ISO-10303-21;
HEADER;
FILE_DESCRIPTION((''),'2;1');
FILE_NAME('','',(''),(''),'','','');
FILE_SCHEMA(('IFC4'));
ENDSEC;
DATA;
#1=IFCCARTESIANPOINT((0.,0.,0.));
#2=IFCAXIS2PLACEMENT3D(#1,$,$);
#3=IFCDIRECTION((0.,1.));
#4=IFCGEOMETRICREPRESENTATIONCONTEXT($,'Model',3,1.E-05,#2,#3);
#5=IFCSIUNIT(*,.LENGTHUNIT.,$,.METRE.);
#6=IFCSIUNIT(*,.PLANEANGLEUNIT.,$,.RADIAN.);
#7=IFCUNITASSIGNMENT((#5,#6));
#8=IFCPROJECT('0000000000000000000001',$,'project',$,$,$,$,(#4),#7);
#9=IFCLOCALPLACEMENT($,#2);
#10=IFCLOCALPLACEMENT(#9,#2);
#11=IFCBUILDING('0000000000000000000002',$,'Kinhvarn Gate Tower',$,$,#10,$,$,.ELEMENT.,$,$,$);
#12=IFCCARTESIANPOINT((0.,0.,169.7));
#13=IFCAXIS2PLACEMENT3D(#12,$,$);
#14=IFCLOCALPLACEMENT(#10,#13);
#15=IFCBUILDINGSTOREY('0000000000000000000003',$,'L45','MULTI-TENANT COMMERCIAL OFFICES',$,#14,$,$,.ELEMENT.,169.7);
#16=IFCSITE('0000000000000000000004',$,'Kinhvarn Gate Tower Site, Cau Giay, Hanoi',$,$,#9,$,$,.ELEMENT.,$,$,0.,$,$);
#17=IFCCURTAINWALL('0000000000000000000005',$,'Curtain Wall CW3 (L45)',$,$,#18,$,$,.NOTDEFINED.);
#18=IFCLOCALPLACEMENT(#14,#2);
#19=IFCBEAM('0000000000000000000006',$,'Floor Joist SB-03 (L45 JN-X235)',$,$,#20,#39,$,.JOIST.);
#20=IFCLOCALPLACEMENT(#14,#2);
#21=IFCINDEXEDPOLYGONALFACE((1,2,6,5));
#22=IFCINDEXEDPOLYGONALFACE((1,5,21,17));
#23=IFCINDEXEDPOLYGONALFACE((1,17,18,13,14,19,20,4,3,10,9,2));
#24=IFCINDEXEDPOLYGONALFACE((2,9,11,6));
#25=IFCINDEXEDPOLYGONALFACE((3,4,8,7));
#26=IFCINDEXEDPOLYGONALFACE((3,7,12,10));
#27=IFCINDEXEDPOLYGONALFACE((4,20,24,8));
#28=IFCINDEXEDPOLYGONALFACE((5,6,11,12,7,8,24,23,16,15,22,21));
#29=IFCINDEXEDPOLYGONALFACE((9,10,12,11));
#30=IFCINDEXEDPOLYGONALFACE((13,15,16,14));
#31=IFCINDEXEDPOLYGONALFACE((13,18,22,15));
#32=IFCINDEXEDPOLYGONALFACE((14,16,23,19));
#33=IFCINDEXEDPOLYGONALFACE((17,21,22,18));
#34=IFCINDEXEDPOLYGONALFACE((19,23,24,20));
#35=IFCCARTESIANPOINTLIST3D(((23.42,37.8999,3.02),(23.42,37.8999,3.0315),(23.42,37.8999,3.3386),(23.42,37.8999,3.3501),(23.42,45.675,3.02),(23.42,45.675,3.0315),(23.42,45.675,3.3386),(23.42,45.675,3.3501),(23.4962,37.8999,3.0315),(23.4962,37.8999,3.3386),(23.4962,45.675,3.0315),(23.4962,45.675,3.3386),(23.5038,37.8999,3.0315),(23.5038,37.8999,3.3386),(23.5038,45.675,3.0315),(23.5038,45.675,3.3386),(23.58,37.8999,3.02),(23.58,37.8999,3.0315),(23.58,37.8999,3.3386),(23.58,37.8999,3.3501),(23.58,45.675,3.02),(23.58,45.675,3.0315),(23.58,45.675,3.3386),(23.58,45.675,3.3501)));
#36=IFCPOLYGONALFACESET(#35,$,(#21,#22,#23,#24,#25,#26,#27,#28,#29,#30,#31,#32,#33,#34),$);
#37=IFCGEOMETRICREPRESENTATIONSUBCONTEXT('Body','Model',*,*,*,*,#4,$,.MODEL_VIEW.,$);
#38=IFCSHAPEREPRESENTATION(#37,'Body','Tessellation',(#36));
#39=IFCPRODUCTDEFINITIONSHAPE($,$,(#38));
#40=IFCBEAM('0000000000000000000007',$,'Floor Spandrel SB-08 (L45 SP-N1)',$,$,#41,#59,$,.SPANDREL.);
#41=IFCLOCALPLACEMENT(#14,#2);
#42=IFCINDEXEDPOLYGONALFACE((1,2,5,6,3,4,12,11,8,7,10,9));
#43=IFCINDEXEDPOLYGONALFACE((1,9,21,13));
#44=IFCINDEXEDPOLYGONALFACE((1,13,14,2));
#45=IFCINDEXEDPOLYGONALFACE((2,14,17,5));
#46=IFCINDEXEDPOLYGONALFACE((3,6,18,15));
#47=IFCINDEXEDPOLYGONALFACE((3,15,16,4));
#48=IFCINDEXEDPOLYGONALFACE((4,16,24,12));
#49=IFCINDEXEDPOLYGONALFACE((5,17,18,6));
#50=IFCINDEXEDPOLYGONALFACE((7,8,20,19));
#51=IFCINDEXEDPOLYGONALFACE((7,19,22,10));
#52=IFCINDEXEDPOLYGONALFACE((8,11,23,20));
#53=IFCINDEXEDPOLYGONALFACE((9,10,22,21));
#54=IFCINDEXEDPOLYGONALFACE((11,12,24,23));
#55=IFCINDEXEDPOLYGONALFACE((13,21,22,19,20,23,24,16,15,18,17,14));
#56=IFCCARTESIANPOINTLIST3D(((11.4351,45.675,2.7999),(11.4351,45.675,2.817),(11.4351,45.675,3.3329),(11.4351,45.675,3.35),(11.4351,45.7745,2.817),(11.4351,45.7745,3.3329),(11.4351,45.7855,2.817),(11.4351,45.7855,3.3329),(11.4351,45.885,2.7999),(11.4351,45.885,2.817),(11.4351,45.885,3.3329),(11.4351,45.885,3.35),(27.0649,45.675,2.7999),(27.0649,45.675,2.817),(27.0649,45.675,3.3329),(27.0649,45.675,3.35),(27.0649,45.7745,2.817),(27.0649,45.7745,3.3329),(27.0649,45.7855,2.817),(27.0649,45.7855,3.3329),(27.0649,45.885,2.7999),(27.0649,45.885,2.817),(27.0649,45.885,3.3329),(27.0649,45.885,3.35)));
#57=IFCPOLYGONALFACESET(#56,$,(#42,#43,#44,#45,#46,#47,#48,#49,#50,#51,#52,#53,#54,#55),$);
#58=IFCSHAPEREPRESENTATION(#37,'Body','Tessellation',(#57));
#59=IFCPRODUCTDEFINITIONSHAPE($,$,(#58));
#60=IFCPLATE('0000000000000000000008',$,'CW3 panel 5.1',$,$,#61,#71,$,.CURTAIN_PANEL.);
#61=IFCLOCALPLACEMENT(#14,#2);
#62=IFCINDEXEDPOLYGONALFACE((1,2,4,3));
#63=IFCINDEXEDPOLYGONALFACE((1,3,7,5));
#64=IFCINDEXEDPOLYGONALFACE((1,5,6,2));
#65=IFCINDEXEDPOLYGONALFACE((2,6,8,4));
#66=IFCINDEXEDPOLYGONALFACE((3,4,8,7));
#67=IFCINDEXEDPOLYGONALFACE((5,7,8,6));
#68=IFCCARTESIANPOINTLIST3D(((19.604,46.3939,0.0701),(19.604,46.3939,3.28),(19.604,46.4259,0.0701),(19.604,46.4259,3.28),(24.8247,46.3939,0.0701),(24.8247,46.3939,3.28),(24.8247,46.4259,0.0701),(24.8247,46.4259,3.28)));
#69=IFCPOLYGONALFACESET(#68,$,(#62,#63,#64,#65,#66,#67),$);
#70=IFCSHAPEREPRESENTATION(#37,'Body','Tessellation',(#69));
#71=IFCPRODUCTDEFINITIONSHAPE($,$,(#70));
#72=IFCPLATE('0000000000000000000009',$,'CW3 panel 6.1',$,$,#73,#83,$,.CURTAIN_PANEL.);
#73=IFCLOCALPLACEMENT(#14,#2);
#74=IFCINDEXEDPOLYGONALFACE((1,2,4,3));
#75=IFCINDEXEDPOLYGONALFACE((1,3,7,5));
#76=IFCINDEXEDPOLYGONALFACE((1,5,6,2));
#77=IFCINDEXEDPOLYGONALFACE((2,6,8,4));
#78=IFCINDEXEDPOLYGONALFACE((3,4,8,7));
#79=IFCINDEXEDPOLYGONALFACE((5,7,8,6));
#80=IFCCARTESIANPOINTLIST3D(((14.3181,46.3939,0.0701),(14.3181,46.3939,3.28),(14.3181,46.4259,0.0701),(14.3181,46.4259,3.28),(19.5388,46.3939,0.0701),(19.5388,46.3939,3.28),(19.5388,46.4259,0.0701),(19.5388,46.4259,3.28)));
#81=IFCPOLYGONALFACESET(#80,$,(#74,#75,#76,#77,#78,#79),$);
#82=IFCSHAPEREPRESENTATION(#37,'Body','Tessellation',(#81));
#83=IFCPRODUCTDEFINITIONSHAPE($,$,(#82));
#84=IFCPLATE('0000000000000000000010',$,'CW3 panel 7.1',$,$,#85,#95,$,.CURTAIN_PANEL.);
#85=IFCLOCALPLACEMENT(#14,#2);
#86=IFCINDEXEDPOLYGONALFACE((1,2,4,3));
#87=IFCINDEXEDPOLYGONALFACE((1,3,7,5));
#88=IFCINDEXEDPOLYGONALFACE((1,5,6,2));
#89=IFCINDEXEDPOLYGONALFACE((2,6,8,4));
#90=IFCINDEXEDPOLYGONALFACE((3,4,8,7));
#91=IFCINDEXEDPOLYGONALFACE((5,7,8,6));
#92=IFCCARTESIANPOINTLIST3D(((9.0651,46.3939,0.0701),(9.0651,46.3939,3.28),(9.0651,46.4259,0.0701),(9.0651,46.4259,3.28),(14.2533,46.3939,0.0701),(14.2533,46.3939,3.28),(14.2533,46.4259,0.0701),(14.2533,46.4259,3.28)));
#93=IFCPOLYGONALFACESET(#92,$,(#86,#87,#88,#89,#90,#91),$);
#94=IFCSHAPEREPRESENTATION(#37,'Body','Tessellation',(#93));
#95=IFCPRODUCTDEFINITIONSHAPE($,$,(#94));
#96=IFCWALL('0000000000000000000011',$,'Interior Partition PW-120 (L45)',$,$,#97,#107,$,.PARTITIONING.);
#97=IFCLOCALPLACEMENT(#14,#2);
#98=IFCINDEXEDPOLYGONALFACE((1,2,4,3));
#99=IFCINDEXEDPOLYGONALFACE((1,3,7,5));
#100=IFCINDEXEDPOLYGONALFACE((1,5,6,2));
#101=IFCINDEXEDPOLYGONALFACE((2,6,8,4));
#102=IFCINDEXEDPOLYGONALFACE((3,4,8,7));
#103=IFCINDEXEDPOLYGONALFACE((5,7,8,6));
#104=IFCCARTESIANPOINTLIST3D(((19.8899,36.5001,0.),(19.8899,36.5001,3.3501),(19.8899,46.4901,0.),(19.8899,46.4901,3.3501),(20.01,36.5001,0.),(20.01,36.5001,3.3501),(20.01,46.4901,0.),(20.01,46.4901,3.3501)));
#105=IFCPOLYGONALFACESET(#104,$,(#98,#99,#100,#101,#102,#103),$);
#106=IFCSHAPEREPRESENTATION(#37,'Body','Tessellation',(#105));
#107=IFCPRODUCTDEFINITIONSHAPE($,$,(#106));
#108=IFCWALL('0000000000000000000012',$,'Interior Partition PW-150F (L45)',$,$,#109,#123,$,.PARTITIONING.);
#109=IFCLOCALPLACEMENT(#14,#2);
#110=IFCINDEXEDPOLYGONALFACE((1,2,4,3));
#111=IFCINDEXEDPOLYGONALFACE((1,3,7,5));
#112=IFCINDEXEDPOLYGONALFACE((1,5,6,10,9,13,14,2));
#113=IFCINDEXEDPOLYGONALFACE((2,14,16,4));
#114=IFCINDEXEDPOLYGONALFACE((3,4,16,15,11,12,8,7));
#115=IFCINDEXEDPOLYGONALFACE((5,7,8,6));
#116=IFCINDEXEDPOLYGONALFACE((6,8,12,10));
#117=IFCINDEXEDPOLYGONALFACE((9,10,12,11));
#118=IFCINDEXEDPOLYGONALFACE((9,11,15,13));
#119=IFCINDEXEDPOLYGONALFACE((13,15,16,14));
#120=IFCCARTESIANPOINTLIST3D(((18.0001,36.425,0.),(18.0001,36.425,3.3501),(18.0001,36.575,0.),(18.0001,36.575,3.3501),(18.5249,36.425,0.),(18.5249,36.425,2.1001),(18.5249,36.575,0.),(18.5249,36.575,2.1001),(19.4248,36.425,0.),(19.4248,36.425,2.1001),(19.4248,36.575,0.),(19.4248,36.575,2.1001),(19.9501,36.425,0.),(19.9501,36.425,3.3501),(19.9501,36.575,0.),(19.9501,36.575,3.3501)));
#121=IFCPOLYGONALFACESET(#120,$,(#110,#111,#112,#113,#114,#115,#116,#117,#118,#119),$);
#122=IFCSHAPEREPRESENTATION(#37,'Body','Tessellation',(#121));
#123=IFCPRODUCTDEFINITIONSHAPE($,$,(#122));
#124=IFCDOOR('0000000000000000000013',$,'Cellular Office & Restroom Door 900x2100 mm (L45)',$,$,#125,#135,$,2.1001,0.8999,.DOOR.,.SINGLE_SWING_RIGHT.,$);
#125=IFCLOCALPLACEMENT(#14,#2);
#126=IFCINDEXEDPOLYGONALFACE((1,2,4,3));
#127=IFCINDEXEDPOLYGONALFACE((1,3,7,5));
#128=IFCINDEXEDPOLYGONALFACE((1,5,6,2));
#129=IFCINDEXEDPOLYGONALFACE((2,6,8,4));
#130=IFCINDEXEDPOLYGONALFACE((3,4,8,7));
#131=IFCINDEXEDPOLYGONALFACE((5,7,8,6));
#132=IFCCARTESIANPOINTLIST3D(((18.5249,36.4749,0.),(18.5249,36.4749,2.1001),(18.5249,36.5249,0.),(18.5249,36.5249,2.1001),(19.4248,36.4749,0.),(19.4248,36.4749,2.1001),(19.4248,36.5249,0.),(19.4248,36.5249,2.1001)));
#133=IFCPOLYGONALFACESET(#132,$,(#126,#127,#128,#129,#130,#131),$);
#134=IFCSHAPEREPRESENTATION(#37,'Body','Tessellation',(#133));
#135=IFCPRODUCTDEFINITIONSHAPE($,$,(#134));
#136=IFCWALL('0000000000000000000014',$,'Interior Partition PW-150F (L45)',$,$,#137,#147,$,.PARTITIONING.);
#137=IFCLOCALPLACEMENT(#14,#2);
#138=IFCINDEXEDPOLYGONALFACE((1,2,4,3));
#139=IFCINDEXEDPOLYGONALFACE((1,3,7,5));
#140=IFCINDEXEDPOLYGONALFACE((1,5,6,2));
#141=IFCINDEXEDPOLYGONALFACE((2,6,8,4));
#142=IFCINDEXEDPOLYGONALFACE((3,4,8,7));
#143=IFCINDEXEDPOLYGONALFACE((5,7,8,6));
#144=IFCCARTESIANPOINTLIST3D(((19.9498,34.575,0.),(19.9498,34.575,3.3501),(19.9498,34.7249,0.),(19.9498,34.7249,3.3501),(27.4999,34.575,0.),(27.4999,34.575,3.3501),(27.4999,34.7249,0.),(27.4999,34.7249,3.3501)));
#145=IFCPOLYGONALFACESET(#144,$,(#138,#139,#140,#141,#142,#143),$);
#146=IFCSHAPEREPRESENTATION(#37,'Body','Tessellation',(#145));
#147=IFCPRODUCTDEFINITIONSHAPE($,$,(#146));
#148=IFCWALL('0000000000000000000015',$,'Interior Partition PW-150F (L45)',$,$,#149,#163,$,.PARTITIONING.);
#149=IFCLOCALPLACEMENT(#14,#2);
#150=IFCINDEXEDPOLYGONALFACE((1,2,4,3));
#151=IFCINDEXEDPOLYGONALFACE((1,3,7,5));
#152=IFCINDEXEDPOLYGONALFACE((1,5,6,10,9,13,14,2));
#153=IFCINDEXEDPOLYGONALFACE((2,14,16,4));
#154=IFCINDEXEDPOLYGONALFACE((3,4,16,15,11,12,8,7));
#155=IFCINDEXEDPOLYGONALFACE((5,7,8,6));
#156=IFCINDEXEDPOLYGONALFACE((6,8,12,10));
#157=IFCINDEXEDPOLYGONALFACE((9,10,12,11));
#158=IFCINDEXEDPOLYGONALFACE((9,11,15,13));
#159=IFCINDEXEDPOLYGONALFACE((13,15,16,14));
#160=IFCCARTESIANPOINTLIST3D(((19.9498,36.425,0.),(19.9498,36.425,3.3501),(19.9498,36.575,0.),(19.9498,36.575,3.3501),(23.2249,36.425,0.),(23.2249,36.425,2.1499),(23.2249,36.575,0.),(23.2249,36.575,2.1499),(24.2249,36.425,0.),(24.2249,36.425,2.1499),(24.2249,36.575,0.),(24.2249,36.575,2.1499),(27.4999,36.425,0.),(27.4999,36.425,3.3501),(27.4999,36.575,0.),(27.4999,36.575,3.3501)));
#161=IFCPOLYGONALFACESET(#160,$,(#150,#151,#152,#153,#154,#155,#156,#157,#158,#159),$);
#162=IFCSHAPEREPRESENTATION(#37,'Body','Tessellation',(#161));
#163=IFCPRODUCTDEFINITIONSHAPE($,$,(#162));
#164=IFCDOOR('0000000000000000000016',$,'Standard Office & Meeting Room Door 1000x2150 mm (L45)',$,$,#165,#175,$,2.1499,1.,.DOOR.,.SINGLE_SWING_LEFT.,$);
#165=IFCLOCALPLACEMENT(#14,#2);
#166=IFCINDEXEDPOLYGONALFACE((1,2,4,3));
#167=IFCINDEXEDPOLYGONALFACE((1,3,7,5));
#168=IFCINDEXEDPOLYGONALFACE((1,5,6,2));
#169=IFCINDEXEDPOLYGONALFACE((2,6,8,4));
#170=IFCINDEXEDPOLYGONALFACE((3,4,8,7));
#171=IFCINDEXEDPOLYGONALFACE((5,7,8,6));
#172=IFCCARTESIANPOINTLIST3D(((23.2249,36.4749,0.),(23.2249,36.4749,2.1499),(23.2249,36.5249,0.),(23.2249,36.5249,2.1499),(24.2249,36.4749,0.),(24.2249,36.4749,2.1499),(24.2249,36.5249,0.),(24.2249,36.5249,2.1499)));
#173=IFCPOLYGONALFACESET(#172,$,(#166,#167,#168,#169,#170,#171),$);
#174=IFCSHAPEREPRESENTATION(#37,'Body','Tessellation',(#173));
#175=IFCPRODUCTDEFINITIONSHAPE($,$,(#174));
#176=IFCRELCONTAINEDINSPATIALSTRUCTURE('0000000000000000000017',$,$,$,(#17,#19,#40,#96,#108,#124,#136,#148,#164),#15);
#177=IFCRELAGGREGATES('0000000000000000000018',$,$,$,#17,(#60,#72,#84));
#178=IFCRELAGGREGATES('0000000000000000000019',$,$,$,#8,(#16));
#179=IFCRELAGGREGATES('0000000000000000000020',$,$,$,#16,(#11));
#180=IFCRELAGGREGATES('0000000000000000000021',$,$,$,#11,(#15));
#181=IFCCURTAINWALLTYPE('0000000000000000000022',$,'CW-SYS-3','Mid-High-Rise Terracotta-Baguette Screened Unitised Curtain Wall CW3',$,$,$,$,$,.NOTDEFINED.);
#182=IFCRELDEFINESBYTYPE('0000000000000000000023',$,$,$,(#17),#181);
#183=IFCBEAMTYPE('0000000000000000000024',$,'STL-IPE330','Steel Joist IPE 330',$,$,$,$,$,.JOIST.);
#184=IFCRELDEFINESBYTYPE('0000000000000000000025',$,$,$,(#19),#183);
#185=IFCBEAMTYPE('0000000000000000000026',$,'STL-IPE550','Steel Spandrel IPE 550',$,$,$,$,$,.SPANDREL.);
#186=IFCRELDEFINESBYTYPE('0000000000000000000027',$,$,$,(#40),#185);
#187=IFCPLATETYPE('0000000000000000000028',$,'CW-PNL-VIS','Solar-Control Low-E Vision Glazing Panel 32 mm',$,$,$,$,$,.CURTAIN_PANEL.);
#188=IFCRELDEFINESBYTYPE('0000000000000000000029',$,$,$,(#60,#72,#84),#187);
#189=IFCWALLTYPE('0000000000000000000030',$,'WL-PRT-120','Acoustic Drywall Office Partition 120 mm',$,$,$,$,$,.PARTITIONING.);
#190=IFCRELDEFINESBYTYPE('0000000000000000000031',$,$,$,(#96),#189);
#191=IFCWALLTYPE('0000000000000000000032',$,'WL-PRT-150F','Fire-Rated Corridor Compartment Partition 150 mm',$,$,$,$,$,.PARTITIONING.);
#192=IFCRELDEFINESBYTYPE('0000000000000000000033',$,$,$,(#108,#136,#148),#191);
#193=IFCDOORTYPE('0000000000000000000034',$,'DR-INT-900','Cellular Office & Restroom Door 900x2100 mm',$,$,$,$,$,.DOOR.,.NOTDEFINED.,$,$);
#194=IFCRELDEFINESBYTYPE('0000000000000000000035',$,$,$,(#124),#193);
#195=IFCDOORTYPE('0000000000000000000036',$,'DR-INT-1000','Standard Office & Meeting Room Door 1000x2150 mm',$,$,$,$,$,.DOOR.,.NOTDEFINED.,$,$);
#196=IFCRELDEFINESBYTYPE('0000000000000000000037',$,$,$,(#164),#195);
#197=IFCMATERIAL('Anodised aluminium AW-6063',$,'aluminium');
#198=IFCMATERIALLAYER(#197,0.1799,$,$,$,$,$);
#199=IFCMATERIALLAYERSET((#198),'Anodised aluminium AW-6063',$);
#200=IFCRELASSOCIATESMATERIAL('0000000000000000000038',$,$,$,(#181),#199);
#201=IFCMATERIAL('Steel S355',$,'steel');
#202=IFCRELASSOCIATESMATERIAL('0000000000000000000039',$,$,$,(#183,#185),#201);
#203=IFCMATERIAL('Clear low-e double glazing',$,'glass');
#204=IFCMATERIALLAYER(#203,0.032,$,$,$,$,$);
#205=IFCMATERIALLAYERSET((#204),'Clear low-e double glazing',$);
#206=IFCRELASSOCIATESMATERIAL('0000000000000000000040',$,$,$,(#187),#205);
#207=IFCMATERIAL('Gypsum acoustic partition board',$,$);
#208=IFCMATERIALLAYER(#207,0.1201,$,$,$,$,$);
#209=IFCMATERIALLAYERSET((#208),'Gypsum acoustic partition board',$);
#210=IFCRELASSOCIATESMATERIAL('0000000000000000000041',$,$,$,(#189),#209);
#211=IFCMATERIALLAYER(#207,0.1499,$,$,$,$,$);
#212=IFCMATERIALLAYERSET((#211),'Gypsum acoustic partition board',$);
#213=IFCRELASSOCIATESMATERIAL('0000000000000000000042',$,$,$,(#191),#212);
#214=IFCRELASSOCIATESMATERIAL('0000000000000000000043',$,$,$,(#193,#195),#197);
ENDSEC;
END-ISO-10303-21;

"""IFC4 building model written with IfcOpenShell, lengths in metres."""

from ifc_helpers import new_model, si_unit, direction, frame, frame_2d, origin, origin_2d, place, context, subcontext, project, spatial, rectangle, i_section, extrude, material, layer, layer_set, material_profile, profile_set, type_object, element, fill, aggregate, save


model = new_model("IFC4")

# Units and contexts
model_context = context("Model", 3, precision=1e-05, world=origin(), true_north=direction((0.0, 1.0)))
body_context = subcontext(model_context, "Body", "Model", "MODEL_VIEW")
ifc_project = project(units=[si_unit("LENGTHUNIT", "METRE"), si_unit("PLANEANGLEUNIT", "RADIAN")], contexts=[model_context])

# Site, building, storey
site_placement = place(None, origin())
site = spatial("IfcSite", under=ifc_project, at=site_placement, Name="Kinhvarn Gate Tower Site, Cau Giay, Hanoi", CompositionType="ELEMENT", RefElevation=0.0)
building_placement = place(site_placement, origin())
building = spatial("IfcBuilding", under=site, at=building_placement, Name="Kinhvarn Gate Tower", CompositionType="ELEMENT")
storey_placement = place(building_placement, frame((0.0, 0.0, 169.7)))
storey = spatial("IfcBuildingStorey", under=building, at=storey_placement, Name="L45", Description="MULTI-TENANT COMMERCIAL OFFICES", CompositionType="ELEMENT", Elevation=169.7)

# Curtain wall
ifc_material_1 = material(Name="Anodised aluminium AW-6063", Category="aluminium")
ifc_layer_1 = layer(ifc_material_1, 0.1799)
ifc_layer_set_1 = layer_set([ifc_layer_1], Name="Anodised aluminium AW-6063")
curtain_wall_type = type_object("IfcCurtainWallType", Name="CW-SYS-3", Description="Mid-High-Rise Terracotta-Baguette Screened Unitised Curtain Wall CW3", PredefinedType="NOTDEFINED", material=ifc_layer_set_1)
curtain_wall_placement = place(storey_placement, origin())
curtain_wall = element("IfcCurtainWall", 1, at=curtain_wall_placement, inside=storey, type_object=curtain_wall_type, Name="Curtain Wall CW3 (L45)", PredefinedType="NOTDEFINED")

# Beams
ifc_material_2 = material(Name="Steel S355", Category="steel")
ifc_material_profile_1 = material_profile(ifc_material_2, i_section(OverallWidth=0.1599, OverallDepth=0.3301, WebThickness=0.0076, FlangeThickness=0.0115, at=origin_2d()), Name="IPE 330")
ifc_profile_set_1 = profile_set([ifc_material_profile_1], Name="Steel S355")
beam_type_1 = type_object("IfcBeamType", Name="STL-IPE330", Description="Steel Joist IPE 330", PredefinedType="JOIST", material=ifc_profile_set_1)
for number, where, z_axis, x_axis, name in (
    (2, (23.5, 37.8999, 3.1851), (0.0, 1.0, 0.0), (-1.0, 0.0, 0.0), "Floor Joist SB-03 (L45 JN-X235)"),
):
    element("IfcBeam", number, at=place(storey_placement, frame(where, z_axis=z_axis, x_axis=x_axis)), inside=storey, type_object=beam_type_1, Name=name, PredefinedType="JOIST", context=body_context, shape_type="SweptSolid", body=[
        extrude(i_section(OverallWidth=0.1599, OverallDepth=0.3301, WebThickness=0.0076, FlangeThickness=0.0115, at=origin_2d()), origin(), (0.0, 0.0, 1.0), 7.7751),
    ])
ifc_material_profile_2 = material_profile(ifc_material_2, i_section(OverallWidth=0.21, OverallDepth=0.55, WebThickness=0.011, FlangeThickness=0.0171, at=origin_2d()), Name="IPE 550")
ifc_profile_set_2 = profile_set([ifc_material_profile_2], Name="Steel S355")
beam_type_2 = type_object("IfcBeamType", Name="STL-IPE550", Description="Steel Spandrel IPE 550", PredefinedType="SPANDREL", material=ifc_profile_set_2)
beam_1_placement = place(storey_placement, frame((11.4351, 45.78, 3.075), z_axis=(1.0, 0.0, 0.0), x_axis=(0.0, 1.0, 0.0)))
element("IfcBeam", 3, at=beam_1_placement, inside=storey, type_object=beam_type_2, Name="Floor Spandrel SB-08 (L45 SP-N1)", PredefinedType="SPANDREL", context=body_context, shape_type="SweptSolid", body=[
    extrude(i_section(OverallWidth=0.21, OverallDepth=0.55, WebThickness=0.011, FlangeThickness=0.0171, at=origin_2d()), origin(), (0.0, 0.0, 1.0), 15.6299),
])

# Plates
ifc_material_3 = material(Name="Clear low-e double glazing", Category="glass")
ifc_layer_2 = layer(ifc_material_3, 0.032)
ifc_layer_set_2 = layer_set([ifc_layer_2], Name="Clear low-e double glazing")
plate_type = type_object("IfcPlateType", Name="CW-PNL-VIS", Description="Solar-Control Low-E Vision Glazing Panel 32 mm", PredefinedType="CURTAIN_PANEL", material=ifc_layer_set_2)
plate_1_placement = place(storey_placement, frame((22.2144, 46.4099, 0.0701), z_axis=(0.0, 0.0, 1.0), x_axis=(-1.0, 0.0, 0.0)))
plate_1 = element("IfcPlate", 4, at=plate_1_placement, type_object=plate_type, Name="CW3 panel 5.1", PredefinedType="CURTAIN_PANEL", context=body_context, shape_type="SweptSolid", body=[
    extrude(rectangle(XDim=5.2207, YDim=0.032, at=origin_2d()), origin(), (0.0, 0.0, 1.0), 3.21),
])
plate_2_placement = place(storey_placement, frame((16.9285, 46.4099, 0.0701), z_axis=(0.0, 0.0, 1.0), x_axis=(-1.0, 0.0, 0.0)))
plate_2 = element("IfcPlate", 5, at=plate_2_placement, type_object=plate_type, Name="CW3 panel 6.1", PredefinedType="CURTAIN_PANEL", context=body_context, shape_type="SweptSolid", body=[
    extrude(rectangle(XDim=5.2207, YDim=0.032, at=origin_2d()), origin(), (0.0, 0.0, 1.0), 3.21),
])
plate_3_placement = place(storey_placement, frame((11.6592, 46.4099, 0.0701), z_axis=(0.0, 0.0, 1.0), x_axis=(-1.0, 0.0, 0.0)))
plate_3 = element("IfcPlate", 6, at=plate_3_placement, type_object=plate_type, Name="CW3 panel 7.1", PredefinedType="CURTAIN_PANEL", context=body_context, shape_type="SweptSolid", body=[
    extrude(rectangle(XDim=5.1882, YDim=0.032, at=origin_2d()), origin(), (0.0, 0.0, 1.0), 3.21),
])
aggregate(curtain_wall, [plate_1, plate_2, plate_3])

# Wall
ifc_material_4 = material(Name="Gypsum acoustic partition board")
ifc_layer_3 = layer(ifc_material_4, 0.1201)
ifc_layer_set_3 = layer_set([ifc_layer_3], Name="Gypsum acoustic partition board")
wall_type_1 = type_object("IfcWallType", Name="WL-PRT-120", Description="Acoustic Drywall Office Partition 120 mm", PredefinedType="PARTITIONING", material=ifc_layer_set_3)
wall_1_placement = place(storey_placement, frame((19.95, 36.5, 0.0), z_axis=(0.0, 0.0, 1.0), x_axis=(0.0, 1.0, 0.0)))
element("IfcWall", 7, at=wall_1_placement, inside=storey, type_object=wall_type_1, Name="Interior Partition PW-120 (L45)", PredefinedType="PARTITIONING", context=body_context, shape_type="SweptSolid", body=[
    extrude(rectangle(XDim=9.99, YDim=0.1201, at=frame_2d((4.9951, 0.0))), origin(), (0.0, 0.0, 1.0), 3.3501),
])

# Wall, opening, door
ifc_layer_4 = layer(ifc_material_4, 0.1499)
ifc_layer_set_4 = layer_set([ifc_layer_4], Name="Gypsum acoustic partition board")
wall_type_2 = type_object("IfcWallType", Name="WL-PRT-150F", Description="Fire-Rated Corridor Compartment Partition 150 mm", PredefinedType="PARTITIONING", material=ifc_layer_set_4)
wall_2_placement = place(storey_placement, frame((18.0, 36.5, 0.0), z_axis=(0.0, 0.0, 1.0), x_axis=(1.0, 0.0, 0.0)))
wall_2 = element("IfcWall", 8, at=wall_2_placement, inside=storey, type_object=wall_type_2, Name="Interior Partition PW-150F (L45)", PredefinedType="PARTITIONING", context=body_context, shape_type="SweptSolid", body=[
    extrude(rectangle(XDim=1.95, YDim=0.1499, at=frame_2d((0.9751, 0.0))), origin(), (0.0, 0.0, 1.0), 3.3501),
])
opening_1_placement = place(wall_2_placement, frame((0.5249, 0.0, 0.0)))
opening_1 = element("IfcOpeningElement", 9, at=opening_1_placement, cuts=wall_2, PredefinedType="OPENING", context=body_context, shape_type="SweptSolid", body=[
    extrude(rectangle(XDim=0.8999, YDim=2.1001, at=frame_2d((0.45, 1.05))), frame((0.0, 0.085, 0.0), z_axis=(0.0, -1.0, 0.0), x_axis=(1.0, 0.0, 0.0)), (0.0, 0.0, 1.0), 0.1699),
])
door_type_1 = type_object("IfcDoorType", Name="DR-INT-900", Description="Cellular Office & Restroom Door 900x2100 mm", OperationType="NOTDEFINED", PredefinedType="DOOR", material=ifc_material_1)
door_1_placement = place(opening_1_placement, origin())
door_1 = element("IfcDoor", 10, at=door_1_placement, inside=storey, type_object=door_type_1, Name="Cellular Office & Restroom Door 900x2100 mm (L45)", OperationType="SINGLE_SWING_RIGHT", OverallHeight=2.1001, OverallWidth=0.8999, PredefinedType="DOOR", context=body_context, shape_type="SweptSolid", body=[
    extrude(rectangle(XDim=0.8999, YDim=2.1001, at=frame_2d((0.45, 1.05))), frame((0.0, 0.0249, 0.0), z_axis=(0.0, -1.0, 0.0), x_axis=(1.0, 0.0, 0.0)), (0.0, 0.0, 1.0), 0.05),
])
fill(opening_1, door_1)

# Wall
wall_3_placement = place(storey_placement, frame((19.95, 34.6499, 0.0), z_axis=(0.0, 0.0, 1.0), x_axis=(1.0, 0.0, 0.0)))
element("IfcWall", 11, at=wall_3_placement, inside=storey, type_object=wall_type_2, Name="Interior Partition PW-150F (L45)", PredefinedType="PARTITIONING", context=body_context, shape_type="SweptSolid", body=[
    extrude(rectangle(XDim=7.55, YDim=0.1499, at=frame_2d((3.7749, 0.0))), origin(), (0.0, 0.0, 1.0), 3.3501),
])

# Wall, opening, door
wall_4_placement = place(storey_placement, frame((19.95, 36.5, 0.0), z_axis=(0.0, 0.0, 1.0), x_axis=(1.0, 0.0, 0.0)))
wall_4 = element("IfcWall", 12, at=wall_4_placement, inside=storey, type_object=wall_type_2, Name="Interior Partition PW-150F (L45)", PredefinedType="PARTITIONING", context=body_context, shape_type="SweptSolid", body=[
    extrude(rectangle(XDim=7.55, YDim=0.1499, at=frame_2d((3.7749, 0.0))), origin(), (0.0, 0.0, 1.0), 3.3501),
])
opening_2_placement = place(wall_4_placement, frame((3.2749, 0.0, 0.0)))
opening_2 = element("IfcOpeningElement", 13, at=opening_2_placement, cuts=wall_4, PredefinedType="OPENING", context=body_context, shape_type="SweptSolid", body=[
    extrude(rectangle(XDim=1.0, YDim=2.1499, at=frame_2d((0.5, 1.075))), frame((0.0, 0.085, 0.0), z_axis=(0.0, -1.0, 0.0), x_axis=(1.0, 0.0, 0.0)), (0.0, 0.0, 1.0), 0.1699),
])
door_type_2 = type_object("IfcDoorType", Name="DR-INT-1000", Description="Standard Office & Meeting Room Door 1000x2150 mm", OperationType="NOTDEFINED", PredefinedType="DOOR", material=ifc_material_1)
door_2_placement = place(opening_2_placement, origin())
door_2 = element("IfcDoor", 14, at=door_2_placement, inside=storey, type_object=door_type_2, Name="Standard Office & Meeting Room Door 1000x2150 mm (L45)", OperationType="SINGLE_SWING_LEFT", OverallHeight=2.1499, OverallWidth=1.0, PredefinedType="DOOR", context=body_context, shape_type="SweptSolid", body=[
    extrude(rectangle(XDim=1.0, YDim=2.1499, at=frame_2d((0.5, 1.075))), frame((0.0, 0.0249, 0.0), z_axis=(0.0, -1.0, 0.0), x_axis=(1.0, 0.0, 0.0)), (0.0, 0.0, 1.0), 0.05),
])
fill(opening_2, door_2)

save(model, "model.ifc")
